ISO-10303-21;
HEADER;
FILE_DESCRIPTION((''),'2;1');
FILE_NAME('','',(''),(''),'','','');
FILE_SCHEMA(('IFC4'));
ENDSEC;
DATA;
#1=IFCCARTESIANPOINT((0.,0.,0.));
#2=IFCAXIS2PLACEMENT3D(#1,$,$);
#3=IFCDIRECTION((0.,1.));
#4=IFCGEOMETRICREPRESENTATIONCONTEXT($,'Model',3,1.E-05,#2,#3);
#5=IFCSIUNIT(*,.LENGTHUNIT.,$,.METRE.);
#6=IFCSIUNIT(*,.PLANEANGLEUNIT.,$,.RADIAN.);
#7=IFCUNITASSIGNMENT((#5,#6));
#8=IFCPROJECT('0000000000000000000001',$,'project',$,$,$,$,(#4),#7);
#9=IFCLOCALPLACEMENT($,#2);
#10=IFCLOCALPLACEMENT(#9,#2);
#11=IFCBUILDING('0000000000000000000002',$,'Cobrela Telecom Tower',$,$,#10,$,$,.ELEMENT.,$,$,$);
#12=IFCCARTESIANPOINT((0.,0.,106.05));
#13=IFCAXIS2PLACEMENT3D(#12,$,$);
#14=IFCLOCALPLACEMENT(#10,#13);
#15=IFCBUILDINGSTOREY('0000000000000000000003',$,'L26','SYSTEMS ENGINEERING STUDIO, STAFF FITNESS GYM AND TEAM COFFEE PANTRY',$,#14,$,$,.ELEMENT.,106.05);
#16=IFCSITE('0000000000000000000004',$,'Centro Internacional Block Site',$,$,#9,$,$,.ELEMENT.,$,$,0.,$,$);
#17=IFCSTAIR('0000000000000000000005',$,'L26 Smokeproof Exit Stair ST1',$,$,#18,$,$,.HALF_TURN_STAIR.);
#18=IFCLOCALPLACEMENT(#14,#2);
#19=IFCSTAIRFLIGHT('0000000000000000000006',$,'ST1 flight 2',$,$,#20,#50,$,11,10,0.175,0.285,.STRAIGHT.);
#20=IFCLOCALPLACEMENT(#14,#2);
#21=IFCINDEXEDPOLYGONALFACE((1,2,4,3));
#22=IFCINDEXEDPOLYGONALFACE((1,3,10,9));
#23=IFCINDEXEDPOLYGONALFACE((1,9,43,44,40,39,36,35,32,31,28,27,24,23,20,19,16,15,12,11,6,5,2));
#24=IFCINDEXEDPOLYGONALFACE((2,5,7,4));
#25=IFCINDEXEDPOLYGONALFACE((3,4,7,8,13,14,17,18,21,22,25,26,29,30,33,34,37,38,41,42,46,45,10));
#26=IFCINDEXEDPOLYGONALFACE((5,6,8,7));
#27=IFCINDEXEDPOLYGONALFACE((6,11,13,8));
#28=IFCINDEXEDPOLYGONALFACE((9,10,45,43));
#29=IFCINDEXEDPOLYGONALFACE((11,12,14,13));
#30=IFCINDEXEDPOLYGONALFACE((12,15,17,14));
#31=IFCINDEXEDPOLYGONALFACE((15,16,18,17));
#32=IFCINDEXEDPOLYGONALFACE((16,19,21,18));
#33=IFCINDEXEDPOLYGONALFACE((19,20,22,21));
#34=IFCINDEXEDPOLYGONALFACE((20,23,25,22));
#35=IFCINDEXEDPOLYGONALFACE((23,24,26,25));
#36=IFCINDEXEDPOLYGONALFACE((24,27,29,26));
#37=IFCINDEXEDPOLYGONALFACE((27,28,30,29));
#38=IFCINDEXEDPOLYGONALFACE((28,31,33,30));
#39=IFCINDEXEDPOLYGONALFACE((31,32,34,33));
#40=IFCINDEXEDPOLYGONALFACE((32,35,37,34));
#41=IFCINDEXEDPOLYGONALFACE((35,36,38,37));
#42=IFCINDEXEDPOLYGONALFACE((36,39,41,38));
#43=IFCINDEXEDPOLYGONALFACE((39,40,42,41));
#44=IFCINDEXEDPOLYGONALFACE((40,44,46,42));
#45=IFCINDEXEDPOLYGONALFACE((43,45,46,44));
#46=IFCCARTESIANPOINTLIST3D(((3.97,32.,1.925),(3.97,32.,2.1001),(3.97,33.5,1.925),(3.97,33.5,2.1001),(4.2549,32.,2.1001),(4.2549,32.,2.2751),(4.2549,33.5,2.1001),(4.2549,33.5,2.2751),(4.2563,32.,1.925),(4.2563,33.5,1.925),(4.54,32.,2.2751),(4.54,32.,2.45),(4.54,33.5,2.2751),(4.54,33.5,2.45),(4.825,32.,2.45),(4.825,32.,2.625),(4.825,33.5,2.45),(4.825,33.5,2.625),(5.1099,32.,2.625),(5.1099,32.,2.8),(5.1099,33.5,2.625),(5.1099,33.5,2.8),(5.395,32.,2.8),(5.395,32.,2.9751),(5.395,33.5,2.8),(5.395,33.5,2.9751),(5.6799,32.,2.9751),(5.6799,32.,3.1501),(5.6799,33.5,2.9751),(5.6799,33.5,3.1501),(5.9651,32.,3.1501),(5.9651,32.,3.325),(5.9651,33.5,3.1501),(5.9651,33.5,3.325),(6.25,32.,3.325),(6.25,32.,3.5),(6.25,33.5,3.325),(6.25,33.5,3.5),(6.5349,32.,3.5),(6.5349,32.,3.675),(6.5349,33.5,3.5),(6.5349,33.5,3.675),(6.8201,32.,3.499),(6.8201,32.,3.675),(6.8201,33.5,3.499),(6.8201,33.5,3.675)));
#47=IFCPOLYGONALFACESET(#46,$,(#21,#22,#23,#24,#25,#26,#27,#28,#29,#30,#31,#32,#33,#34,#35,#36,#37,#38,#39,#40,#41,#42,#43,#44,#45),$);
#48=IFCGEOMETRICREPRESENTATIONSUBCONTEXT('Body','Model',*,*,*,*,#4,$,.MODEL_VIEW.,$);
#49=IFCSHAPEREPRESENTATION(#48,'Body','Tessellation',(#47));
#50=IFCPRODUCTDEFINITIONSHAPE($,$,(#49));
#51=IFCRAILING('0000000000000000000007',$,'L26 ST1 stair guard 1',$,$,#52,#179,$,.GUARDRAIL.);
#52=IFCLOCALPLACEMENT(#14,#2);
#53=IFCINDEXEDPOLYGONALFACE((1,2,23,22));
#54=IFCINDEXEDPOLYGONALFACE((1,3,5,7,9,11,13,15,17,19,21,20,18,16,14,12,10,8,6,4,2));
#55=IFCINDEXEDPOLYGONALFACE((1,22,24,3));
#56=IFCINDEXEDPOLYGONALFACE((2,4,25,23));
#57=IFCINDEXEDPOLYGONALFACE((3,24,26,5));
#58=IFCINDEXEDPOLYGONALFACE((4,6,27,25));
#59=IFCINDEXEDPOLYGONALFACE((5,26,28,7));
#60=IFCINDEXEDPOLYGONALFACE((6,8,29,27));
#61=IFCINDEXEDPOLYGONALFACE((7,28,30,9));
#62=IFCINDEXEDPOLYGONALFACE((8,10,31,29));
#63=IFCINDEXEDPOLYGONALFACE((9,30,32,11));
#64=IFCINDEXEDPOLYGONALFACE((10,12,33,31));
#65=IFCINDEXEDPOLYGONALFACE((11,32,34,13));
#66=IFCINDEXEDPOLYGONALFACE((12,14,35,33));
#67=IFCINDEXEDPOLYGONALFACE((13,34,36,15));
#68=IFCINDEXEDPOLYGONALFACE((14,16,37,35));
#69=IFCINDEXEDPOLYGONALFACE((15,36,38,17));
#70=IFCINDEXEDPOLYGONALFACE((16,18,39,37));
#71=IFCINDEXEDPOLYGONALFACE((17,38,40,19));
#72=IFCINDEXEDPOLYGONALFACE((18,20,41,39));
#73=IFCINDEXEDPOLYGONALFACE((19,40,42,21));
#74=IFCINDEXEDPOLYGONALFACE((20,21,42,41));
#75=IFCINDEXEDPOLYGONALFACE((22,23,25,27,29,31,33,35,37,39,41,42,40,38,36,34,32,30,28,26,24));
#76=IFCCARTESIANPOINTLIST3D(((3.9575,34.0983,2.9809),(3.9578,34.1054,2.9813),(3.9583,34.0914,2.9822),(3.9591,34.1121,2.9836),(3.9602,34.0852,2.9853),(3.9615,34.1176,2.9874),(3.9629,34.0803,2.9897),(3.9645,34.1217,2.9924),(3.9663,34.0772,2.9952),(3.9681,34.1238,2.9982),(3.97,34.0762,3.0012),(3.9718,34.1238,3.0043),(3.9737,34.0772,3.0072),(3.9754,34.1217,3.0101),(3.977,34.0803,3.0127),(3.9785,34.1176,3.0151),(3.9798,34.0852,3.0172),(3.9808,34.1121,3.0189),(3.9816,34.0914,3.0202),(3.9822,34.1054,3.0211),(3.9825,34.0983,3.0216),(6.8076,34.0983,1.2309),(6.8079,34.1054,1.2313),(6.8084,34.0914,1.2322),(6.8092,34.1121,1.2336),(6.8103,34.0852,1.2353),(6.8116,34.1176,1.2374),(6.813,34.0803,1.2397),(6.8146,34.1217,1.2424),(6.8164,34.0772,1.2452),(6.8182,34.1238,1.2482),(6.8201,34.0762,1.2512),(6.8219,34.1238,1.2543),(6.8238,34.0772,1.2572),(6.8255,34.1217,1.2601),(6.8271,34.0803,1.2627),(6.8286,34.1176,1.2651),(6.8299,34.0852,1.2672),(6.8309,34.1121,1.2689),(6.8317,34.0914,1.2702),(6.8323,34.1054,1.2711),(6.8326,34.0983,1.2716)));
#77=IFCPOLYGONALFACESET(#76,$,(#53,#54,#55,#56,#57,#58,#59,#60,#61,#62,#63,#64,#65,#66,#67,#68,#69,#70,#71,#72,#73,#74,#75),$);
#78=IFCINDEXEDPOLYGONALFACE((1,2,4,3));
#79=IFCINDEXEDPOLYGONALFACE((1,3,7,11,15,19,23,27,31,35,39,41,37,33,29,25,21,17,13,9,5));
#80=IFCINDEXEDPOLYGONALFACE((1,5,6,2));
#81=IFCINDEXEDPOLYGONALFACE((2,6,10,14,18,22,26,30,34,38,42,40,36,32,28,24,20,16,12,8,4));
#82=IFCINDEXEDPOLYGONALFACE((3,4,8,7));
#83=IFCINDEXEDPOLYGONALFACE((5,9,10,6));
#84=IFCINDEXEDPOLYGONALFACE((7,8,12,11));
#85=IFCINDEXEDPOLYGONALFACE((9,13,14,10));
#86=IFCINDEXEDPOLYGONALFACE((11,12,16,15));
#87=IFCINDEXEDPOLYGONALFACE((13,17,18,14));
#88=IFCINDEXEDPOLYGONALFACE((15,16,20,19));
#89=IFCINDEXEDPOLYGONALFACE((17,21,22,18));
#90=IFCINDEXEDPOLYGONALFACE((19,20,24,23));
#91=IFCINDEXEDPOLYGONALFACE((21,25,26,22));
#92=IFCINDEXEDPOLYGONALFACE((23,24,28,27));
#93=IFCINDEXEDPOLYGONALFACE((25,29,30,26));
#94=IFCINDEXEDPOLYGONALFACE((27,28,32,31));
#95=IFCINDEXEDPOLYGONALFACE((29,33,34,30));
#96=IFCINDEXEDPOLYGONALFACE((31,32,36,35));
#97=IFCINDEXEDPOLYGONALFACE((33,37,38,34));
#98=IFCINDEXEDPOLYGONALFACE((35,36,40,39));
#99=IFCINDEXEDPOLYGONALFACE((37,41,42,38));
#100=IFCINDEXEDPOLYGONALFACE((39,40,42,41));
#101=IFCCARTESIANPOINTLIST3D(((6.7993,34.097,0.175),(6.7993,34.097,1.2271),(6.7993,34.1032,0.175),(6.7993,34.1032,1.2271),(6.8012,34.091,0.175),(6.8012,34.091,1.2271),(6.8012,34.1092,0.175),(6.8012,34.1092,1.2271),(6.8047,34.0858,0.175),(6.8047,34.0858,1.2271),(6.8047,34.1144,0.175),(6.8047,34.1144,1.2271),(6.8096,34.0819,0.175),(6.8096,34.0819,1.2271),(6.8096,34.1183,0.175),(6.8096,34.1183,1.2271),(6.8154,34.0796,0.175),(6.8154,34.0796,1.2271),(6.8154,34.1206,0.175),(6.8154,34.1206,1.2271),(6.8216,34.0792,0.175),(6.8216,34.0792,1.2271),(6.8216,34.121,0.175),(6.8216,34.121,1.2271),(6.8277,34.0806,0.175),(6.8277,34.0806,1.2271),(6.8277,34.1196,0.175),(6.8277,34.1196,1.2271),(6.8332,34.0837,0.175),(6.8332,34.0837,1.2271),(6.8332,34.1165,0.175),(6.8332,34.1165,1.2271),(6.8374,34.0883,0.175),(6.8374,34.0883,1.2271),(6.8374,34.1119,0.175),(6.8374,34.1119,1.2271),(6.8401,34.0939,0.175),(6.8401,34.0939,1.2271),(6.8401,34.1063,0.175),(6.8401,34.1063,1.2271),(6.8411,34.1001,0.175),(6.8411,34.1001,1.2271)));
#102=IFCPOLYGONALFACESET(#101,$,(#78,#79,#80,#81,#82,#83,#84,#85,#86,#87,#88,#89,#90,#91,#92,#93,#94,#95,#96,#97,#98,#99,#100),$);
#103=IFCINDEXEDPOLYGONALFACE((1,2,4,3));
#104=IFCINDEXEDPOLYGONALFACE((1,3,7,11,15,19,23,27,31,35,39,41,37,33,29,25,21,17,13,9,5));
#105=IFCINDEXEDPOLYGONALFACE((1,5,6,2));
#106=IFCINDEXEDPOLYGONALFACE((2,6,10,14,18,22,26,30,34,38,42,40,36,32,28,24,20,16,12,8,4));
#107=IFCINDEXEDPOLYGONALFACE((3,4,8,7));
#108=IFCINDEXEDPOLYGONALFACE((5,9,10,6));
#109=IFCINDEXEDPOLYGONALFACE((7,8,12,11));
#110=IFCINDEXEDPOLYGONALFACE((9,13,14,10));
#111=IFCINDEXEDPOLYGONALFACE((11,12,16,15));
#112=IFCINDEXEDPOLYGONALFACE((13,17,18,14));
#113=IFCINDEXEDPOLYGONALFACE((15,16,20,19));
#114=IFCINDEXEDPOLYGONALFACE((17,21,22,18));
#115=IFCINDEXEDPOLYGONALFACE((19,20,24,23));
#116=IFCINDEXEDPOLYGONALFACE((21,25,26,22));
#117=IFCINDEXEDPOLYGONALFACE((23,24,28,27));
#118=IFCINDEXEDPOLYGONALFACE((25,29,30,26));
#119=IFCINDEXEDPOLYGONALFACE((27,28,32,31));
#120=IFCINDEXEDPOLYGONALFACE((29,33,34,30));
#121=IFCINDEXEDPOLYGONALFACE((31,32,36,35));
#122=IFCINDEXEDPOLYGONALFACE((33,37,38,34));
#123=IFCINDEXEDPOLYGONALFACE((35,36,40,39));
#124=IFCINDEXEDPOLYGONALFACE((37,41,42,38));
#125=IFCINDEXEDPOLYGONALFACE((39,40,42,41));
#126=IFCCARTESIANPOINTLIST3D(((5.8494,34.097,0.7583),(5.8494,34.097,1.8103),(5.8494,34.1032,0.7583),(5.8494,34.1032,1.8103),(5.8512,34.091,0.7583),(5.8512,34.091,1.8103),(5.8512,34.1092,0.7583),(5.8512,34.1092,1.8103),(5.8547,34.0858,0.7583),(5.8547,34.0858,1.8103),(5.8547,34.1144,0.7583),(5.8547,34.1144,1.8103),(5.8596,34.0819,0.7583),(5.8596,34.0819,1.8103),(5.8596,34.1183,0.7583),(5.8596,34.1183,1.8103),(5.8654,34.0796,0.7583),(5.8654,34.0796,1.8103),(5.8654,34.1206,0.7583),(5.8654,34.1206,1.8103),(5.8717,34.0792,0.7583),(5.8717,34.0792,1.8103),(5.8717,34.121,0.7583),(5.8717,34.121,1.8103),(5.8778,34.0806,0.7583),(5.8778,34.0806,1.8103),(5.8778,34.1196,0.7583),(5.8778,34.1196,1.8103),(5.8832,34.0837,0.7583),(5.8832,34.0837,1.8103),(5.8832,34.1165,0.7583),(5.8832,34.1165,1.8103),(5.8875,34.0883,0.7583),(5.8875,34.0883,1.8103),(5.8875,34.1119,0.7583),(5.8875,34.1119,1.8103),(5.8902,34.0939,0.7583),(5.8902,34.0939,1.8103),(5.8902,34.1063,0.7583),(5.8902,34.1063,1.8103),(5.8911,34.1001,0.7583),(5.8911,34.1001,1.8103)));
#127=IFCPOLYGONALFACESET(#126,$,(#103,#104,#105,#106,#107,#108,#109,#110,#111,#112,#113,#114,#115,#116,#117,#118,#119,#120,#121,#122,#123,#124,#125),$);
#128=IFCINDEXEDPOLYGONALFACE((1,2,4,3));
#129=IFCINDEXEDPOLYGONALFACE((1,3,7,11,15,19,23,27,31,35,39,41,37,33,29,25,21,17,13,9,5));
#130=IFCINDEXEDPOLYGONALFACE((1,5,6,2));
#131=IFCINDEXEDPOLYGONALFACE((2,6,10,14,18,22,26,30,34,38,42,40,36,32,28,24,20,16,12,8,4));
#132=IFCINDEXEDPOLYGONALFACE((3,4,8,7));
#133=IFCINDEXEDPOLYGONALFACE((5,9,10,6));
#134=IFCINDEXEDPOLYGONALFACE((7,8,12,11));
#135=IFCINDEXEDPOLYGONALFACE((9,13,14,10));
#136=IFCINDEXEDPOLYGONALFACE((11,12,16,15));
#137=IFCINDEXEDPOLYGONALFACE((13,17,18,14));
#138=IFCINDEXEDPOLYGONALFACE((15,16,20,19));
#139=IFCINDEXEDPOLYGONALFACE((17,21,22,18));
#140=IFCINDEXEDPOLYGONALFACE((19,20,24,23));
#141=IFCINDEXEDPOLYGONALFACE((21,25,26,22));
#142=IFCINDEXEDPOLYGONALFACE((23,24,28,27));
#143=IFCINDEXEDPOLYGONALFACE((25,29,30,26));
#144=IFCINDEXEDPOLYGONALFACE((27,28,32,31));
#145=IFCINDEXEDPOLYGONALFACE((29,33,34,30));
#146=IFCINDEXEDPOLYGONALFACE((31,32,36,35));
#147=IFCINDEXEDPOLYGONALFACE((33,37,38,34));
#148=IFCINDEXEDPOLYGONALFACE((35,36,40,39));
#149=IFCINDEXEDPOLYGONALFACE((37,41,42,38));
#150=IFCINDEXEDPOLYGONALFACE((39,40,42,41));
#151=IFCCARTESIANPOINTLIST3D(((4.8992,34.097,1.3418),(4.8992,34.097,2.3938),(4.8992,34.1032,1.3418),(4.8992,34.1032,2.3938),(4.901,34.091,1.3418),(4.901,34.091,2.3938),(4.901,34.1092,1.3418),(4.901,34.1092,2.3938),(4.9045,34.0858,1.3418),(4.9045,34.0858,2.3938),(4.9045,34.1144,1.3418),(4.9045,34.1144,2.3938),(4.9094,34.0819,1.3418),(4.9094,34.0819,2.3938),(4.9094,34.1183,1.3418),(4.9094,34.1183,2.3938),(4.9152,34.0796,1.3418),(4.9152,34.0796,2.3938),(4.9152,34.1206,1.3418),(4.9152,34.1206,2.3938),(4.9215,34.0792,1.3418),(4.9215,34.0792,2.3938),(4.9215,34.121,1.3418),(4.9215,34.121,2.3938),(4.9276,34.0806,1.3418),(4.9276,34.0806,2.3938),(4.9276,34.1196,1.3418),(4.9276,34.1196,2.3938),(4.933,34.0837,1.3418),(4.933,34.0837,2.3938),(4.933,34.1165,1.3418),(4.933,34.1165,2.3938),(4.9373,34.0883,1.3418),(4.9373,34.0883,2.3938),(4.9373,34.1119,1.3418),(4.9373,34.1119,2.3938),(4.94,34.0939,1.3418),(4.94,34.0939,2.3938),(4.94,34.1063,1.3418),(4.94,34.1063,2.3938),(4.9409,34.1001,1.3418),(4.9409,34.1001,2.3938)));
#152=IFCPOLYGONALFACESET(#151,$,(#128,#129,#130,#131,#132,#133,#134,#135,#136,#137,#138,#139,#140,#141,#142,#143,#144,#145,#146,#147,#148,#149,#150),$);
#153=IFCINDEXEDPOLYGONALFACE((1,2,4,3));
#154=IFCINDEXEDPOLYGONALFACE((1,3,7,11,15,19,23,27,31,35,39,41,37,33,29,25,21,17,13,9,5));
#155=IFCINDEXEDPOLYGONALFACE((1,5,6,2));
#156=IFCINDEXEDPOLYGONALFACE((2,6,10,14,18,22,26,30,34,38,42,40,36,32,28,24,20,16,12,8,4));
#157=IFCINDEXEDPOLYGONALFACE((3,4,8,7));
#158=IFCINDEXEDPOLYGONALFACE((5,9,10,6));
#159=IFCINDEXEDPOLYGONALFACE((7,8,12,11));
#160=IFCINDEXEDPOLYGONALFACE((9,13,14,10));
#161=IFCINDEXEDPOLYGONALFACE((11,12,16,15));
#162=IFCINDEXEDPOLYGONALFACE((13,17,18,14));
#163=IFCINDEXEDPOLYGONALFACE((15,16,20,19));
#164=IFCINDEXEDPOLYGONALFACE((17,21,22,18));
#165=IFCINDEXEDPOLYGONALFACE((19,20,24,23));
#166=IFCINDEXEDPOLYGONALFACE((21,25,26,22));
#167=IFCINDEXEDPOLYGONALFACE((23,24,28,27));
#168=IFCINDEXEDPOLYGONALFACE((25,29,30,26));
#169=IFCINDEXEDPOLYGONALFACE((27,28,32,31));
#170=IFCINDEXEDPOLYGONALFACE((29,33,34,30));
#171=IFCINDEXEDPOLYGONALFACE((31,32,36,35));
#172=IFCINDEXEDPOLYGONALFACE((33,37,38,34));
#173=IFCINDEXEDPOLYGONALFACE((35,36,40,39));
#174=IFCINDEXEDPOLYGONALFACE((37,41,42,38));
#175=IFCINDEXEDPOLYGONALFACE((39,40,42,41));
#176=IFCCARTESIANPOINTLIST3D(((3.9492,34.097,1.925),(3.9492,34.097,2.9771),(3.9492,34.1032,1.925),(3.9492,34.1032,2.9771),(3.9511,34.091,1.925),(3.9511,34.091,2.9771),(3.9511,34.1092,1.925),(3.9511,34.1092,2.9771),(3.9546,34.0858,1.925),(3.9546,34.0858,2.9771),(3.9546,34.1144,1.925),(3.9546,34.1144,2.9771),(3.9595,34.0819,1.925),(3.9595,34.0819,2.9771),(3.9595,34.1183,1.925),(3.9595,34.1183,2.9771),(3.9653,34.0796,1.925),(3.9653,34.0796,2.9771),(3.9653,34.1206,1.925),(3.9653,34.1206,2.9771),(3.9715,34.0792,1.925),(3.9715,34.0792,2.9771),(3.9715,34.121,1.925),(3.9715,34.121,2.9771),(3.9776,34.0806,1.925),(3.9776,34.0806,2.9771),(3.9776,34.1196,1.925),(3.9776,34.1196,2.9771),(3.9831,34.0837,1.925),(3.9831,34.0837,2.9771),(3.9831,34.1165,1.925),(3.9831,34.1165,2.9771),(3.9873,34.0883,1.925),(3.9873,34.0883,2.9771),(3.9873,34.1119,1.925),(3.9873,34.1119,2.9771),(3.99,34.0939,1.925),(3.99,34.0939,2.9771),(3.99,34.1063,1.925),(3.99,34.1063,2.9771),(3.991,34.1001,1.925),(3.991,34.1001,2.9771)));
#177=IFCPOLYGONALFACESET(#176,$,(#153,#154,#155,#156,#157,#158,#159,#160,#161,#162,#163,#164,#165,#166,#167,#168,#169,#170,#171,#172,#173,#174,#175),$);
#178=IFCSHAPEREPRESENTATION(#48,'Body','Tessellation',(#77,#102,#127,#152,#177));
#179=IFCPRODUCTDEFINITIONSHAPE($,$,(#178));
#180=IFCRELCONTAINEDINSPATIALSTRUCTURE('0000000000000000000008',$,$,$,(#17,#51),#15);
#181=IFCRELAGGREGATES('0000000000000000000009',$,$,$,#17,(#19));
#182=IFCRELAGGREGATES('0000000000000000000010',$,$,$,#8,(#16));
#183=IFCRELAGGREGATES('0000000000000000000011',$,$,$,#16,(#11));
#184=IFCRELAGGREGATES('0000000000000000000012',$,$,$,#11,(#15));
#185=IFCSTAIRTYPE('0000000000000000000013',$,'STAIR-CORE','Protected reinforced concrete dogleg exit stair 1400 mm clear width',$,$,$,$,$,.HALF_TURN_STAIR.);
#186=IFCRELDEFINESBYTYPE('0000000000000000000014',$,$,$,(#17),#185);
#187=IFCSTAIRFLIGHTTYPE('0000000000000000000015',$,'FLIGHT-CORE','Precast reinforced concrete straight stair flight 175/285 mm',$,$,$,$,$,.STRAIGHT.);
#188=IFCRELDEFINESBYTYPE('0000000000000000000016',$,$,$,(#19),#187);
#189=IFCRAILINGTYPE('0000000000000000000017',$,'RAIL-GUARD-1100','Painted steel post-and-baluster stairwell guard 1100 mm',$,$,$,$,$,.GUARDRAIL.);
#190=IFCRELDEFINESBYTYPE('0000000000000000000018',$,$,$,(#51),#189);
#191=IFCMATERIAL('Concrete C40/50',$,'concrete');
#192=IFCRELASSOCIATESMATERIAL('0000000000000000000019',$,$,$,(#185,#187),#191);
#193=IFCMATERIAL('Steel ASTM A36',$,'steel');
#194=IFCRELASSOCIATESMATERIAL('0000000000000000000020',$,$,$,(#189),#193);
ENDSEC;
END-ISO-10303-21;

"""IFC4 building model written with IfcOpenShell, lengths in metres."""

from ifc_helpers import new_model, si_unit, direction, frame, origin, origin_2d, place, context, subcontext, project, spatial, polyline, circle, outline, extrude, material, type_object, element, aggregate, save


model = new_model("IFC4")

# Units and contexts
model_context = context("Model", 3, precision=1e-05, world=origin(), true_north=direction((0.0, 1.0)))
body_context = subcontext(model_context, "Body", "Model", "MODEL_VIEW")
ifc_project = project(units=[si_unit("LENGTHUNIT", "METRE"), si_unit("PLANEANGLEUNIT", "RADIAN")], contexts=[model_context])

# Site, building, storey
site_placement = place(None, origin())
site = spatial("IfcSite", under=ifc_project, at=site_placement, Name="Centro Internacional Block Site", CompositionType="ELEMENT", RefElevation=0.0)
building_placement = place(site_placement, origin())
building = spatial("IfcBuilding", under=site, at=building_placement, Name="Cobrela Telecom Tower", CompositionType="ELEMENT")
storey_placement = place(building_placement, frame((0.0, 0.0, 106.05)))
storey = spatial("IfcBuildingStorey", under=building, at=storey_placement, Name="L26", Description="SYSTEMS ENGINEERING STUDIO, STAFF FITNESS GYM AND TEAM COFFEE PANTRY", CompositionType="ELEMENT", Elevation=106.05)

# Shared definitions
ifc_material_1 = material(Name="Steel ASTM A36", Category="steel")

# Shared definitions
ifc_material_2 = material(Name="Concrete C40/50", Category="concrete")

# Stair, stair flight
stair_type = type_object("IfcStairType", Name="STAIR-CORE", Description="Protected reinforced concrete dogleg exit stair 1400 mm clear width", PredefinedType="HALF_TURN_STAIR", material=ifc_material_2)
stair_placement = place(storey_placement, origin())
stair = element("IfcStair", 1, at=stair_placement, inside=storey, type_object=stair_type, Name="L26 Smokeproof Exit Stair ST1", PredefinedType="HALF_TURN_STAIR")
stair_flight_type = type_object("IfcStairFlightType", Name="FLIGHT-CORE", Description="Precast reinforced concrete straight stair flight 175/285 mm", PredefinedType="STRAIGHT", material=ifc_material_2)
stair_flight_1_placement = place(storey_placement, frame((3.97, 32.75, 1.925), z_axis=(0.0, 0.0, 1.0), x_axis=(1.0, 0.0, 0.0)))
stair_flight_1 = element("IfcStairFlight", 2, at=stair_flight_1_placement, type_object=stair_flight_type, Name="ST1 flight 2", NumberOfRisers=11, NumberOfTreads=10, PredefinedType="STRAIGHT", RiserHeight=0.175, TreadLength=0.285, context=body_context, shape_type="SweptSolid", body=[
    extrude(outline(polyline([(0.0, 0.0), (0.0, 0.175), (0.2849, 0.175), (0.2849, 0.3501), (0.5701, 0.3501), (0.5701, 0.5249), (0.855, 0.5249), (0.855, 0.7), (1.1399, 0.7), (1.1399, 0.875), (1.425, 0.875), (1.425, 1.05), (1.71, 1.05), (1.71, 1.2251), (1.9951, 1.2251), (1.9951, 1.3999), (2.28, 1.3999), (2.28, 1.575), (2.5649, 1.575), (2.5649, 1.75), (2.8501, 1.75), (2.8501, 1.925), (2.8501, 1.574), (0.2864, 0.0), (0.0, 0.0)])), frame((0.0, 0.75, 0.0), z_axis=(0.0, -1.0, 0.0), x_axis=(1.0, 0.0, 0.0)), (0.0, 0.0, 1.0), 1.5),
])
aggregate(stair, [stair_flight_1])

# Railing
railing_type_1 = type_object("IfcRailingType", Name="RAIL-GUARD-1100", Description="Painted steel post-and-baluster stairwell guard 1100 mm", PredefinedType="GUARDRAIL", material=ifc_material_1)
railing_1_placement = place(storey_placement, frame((6.8201, 34.1001, 0.175)))
element("IfcRailing", 3, at=railing_1_placement, inside=storey, type_object=railing_type_1, Name="L26 ST1 stair guard 1", PredefinedType="GUARDRAIL", context=body_context, shape_type="SweptSolid", body=[
    extrude(circle(Radius=0.0239, at=origin_2d()), frame((0.0, 0.0, 1.0762), z_axis=(-0.852179, 0.0, 0.52325), x_axis=(0.0, -1.0, 0.0)), (0.0, 0.0, 1.0), 3.3445),
    extrude(circle(Radius=0.021, at=origin_2d()), origin(), (0.0, 0.0, 1.0), 1.052),
    extrude(circle(Radius=0.021, at=origin_2d()), frame((-0.95, 0.0, 0.5833)), (0.0, 0.0, 1.0), 1.052),
    extrude(circle(Radius=0.021, at=origin_2d()), frame((-1.9001, 0.0, 1.1667)), (0.0, 0.0, 1.0), 1.052),
    extrude(circle(Radius=0.021, at=origin_2d()), frame((-2.8501, 0.0, 1.75)), (0.0, 0.0, 1.0), 1.052),
])

save(model, "model.ifc")
